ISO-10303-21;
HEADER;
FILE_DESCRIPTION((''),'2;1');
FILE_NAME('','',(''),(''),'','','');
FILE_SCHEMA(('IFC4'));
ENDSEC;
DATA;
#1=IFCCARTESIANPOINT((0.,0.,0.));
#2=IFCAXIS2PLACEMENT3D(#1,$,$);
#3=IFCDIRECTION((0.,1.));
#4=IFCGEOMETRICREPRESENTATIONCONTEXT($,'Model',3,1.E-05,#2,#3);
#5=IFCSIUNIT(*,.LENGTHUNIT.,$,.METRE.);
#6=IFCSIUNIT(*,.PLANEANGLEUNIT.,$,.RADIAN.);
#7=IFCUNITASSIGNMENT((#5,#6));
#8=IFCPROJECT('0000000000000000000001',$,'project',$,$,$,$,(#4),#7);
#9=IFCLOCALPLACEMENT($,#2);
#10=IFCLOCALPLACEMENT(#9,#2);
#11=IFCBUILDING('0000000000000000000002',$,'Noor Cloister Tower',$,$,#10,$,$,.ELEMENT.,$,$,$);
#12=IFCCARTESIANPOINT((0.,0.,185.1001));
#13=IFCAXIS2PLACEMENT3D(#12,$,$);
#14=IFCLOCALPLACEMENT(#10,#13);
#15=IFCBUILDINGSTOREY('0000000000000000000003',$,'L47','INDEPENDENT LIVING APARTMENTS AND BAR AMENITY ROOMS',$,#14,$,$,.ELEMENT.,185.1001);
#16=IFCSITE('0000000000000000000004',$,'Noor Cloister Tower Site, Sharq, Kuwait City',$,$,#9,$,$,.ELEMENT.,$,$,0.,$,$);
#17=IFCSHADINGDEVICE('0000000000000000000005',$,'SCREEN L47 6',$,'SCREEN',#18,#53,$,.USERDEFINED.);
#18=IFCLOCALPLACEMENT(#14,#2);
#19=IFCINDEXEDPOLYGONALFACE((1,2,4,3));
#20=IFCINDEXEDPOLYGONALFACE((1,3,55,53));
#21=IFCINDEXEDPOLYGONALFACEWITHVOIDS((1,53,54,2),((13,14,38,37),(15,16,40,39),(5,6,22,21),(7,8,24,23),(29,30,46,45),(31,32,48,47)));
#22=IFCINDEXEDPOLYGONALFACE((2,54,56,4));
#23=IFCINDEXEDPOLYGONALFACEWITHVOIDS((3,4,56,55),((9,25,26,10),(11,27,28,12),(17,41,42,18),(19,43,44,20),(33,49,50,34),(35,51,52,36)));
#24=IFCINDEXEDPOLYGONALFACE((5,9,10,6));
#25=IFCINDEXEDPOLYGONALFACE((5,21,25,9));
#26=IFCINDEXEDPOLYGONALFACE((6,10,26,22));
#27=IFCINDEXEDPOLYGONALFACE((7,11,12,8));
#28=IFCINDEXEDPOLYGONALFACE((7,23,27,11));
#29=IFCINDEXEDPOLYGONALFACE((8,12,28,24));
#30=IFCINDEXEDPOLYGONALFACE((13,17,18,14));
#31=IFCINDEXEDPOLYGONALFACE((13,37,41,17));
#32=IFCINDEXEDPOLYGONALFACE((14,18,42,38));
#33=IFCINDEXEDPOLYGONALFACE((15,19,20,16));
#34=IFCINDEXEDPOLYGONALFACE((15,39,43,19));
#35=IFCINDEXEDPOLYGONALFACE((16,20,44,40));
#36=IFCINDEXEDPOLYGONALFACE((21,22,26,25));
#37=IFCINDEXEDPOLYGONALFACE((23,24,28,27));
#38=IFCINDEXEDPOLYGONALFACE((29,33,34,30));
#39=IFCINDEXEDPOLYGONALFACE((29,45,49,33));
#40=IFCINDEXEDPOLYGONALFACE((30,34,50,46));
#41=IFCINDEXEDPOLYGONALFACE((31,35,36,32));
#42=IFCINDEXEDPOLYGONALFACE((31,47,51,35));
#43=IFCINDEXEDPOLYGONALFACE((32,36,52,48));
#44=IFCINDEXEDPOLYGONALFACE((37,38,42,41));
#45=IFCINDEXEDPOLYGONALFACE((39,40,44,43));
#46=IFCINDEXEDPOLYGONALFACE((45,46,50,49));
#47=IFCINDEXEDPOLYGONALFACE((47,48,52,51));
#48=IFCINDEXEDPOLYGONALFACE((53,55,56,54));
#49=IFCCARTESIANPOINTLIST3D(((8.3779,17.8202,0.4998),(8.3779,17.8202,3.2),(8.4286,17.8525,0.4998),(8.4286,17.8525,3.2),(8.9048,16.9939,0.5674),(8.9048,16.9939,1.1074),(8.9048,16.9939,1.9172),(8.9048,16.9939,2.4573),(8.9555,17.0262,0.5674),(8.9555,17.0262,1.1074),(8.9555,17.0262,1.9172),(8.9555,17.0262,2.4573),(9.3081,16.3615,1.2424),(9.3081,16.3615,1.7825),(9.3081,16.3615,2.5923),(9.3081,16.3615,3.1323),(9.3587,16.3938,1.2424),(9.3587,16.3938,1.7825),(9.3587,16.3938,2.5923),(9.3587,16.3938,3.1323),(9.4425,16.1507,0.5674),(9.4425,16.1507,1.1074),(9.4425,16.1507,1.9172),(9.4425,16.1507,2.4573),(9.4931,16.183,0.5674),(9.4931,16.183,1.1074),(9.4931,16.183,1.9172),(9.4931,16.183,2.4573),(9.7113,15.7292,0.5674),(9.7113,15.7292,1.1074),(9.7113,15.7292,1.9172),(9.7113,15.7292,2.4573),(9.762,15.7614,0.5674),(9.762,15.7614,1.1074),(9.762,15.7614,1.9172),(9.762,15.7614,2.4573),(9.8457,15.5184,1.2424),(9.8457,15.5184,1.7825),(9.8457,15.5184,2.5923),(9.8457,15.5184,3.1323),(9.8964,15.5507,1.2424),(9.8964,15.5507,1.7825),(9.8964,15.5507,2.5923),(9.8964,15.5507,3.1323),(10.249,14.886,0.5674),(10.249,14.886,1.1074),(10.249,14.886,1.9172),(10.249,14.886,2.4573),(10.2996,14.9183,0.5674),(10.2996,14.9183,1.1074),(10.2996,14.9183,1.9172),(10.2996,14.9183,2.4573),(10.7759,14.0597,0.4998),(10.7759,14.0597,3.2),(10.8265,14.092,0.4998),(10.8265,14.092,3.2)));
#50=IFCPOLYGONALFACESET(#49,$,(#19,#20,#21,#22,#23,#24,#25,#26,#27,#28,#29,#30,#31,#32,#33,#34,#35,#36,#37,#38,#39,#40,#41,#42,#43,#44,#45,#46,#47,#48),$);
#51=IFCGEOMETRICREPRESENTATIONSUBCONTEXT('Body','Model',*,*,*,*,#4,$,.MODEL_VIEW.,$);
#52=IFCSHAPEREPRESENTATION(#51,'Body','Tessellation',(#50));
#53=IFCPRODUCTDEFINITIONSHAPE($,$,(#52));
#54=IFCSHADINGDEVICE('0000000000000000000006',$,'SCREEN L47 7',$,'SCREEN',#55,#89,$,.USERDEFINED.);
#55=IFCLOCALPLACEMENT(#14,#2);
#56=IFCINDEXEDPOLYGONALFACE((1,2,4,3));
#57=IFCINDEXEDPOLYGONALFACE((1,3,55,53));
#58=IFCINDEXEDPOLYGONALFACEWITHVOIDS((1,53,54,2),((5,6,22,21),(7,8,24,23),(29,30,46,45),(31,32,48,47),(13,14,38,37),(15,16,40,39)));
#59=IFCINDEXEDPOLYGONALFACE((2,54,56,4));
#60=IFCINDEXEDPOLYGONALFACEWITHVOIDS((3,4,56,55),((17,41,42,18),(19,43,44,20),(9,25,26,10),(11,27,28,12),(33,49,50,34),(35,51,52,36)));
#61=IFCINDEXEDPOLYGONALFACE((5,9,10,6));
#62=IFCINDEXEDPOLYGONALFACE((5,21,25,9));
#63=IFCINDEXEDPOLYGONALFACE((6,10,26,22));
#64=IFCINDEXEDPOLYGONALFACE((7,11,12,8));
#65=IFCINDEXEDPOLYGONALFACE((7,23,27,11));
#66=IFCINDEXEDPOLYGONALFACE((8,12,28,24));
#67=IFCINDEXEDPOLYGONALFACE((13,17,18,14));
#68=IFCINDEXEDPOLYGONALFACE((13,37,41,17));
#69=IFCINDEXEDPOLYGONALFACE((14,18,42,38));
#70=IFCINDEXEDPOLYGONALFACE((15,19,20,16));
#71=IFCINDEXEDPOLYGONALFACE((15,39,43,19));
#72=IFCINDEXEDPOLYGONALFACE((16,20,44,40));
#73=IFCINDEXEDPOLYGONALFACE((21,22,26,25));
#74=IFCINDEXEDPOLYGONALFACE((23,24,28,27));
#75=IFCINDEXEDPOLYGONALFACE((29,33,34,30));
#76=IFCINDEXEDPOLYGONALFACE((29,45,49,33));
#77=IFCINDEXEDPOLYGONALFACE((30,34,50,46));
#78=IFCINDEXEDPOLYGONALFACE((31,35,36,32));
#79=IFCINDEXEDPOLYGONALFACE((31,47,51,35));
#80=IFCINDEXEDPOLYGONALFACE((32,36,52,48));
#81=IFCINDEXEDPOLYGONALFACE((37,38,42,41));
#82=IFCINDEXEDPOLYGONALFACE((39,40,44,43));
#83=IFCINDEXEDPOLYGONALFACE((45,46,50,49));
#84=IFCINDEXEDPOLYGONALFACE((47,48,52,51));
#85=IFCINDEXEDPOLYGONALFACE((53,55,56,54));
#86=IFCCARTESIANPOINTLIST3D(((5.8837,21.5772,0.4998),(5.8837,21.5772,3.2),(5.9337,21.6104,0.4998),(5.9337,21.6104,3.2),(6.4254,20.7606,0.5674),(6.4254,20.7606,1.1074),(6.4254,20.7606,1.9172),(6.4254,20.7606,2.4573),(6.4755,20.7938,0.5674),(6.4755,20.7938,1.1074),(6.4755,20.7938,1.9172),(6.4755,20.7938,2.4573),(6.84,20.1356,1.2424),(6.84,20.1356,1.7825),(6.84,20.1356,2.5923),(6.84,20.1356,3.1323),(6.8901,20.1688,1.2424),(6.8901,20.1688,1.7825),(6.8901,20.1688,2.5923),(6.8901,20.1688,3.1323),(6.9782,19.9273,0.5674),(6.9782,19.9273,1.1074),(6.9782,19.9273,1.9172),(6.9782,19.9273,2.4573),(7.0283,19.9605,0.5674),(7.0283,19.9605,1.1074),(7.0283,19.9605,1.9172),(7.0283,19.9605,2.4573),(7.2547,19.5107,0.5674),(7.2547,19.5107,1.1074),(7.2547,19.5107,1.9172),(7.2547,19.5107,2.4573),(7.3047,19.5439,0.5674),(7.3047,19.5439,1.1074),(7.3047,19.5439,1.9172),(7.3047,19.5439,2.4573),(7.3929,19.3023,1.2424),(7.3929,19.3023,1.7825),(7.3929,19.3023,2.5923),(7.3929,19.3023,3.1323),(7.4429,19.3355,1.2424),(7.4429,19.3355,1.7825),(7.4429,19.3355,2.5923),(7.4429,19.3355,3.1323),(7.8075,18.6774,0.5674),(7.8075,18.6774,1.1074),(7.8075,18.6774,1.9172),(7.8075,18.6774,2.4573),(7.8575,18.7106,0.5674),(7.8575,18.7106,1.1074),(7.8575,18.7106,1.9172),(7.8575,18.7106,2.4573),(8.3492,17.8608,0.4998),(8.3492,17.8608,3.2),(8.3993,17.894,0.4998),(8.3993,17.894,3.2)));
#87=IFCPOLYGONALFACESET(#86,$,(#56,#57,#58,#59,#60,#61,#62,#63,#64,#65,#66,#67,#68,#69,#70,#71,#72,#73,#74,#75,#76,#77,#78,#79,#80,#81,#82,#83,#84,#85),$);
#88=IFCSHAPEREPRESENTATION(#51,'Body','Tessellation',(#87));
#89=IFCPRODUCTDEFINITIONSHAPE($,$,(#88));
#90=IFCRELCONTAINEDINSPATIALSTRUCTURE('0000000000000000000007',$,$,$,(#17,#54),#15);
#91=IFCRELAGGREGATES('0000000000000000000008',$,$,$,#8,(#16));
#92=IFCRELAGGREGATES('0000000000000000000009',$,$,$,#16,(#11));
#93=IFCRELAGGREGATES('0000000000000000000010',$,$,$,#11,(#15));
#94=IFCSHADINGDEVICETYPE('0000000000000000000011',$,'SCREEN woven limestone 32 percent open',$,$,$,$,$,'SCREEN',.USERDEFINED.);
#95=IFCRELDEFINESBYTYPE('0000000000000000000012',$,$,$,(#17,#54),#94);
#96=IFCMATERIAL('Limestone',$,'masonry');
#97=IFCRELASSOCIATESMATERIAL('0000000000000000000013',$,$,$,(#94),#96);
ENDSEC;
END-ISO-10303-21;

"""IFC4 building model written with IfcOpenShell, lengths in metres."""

from ifc_helpers import new_model, si_unit, direction, frame, origin, place, context, subcontext, project, spatial, polyline, outline, extrude, material, material_profile, profile_set, type_object, element, save


model = new_model("IFC4")

# Units and contexts
model_context = context("Model", 3, precision=1e-05, world=origin(), true_north=direction((0.0, 1.0)))
body_context = subcontext(model_context, "Body", "Model", "MODEL_VIEW")
ifc_project = project(units=[si_unit("LENGTHUNIT", "METRE"), si_unit("PLANEANGLEUNIT", "RADIAN")], contexts=[model_context])

# Site, building, storey
site_placement = place(None, origin())
site = spatial("IfcSite", under=ifc_project, at=site_placement, Name="Noor Cloister Tower Site, Sharq, Kuwait City", CompositionType="ELEMENT", RefElevation=0.0)
building_placement = place(site_placement, origin())
building = spatial("IfcBuilding", under=site, at=building_placement, Name="Noor Cloister Tower", CompositionType="ELEMENT")
storey_placement = place(building_placement, frame((0.0, 0.0, 185.1001)))
storey = spatial("IfcBuildingStorey", under=building, at=storey_placement, Name="L47", Description="INDEPENDENT LIVING APARTMENTS AND BAR AMENITY ROOMS", CompositionType="ELEMENT", Elevation=185.1001)

# Shading devices
ifc_material_1 = material(Name="Limestone", Category="masonry")
ifc_material_profile_1 = material_profile(ifc_material_1, outline(polyline([(-2.23, -1.3501), (2.23, -1.3501), (2.23, 1.3501), (-2.23, 1.3501), (-2.23, -1.3501)]), holes=[polyline([(-1.25, -1.2825), (-0.25, -1.2825), (-0.25, -0.7424), (-1.25, -0.7424), (-1.25, -1.2825)]), polyline([(0.25, -1.2825), (1.25, -1.2825), (1.25, -0.7424), (0.25, -0.7424), (0.25, -1.2825)]), polyline([(-0.5, -0.6074), (0.5, -0.6074), (0.5, -0.0674), (-0.5, -0.0674), (-0.5, -0.6074)]), polyline([(-1.25, 0.0674), (-0.25, 0.0674), (-0.25, 0.6074), (-1.25, 0.6074), (-1.25, 0.0674)]), polyline([(0.25, 0.0674), (1.25, 0.0674), (1.25, 0.6074), (0.25, 0.6074), (0.25, 0.0674)]), polyline([(-0.5, 0.7424), (0.5, 0.7424), (0.5, 1.2825), (-0.5, 1.2825), (-0.5, 0.7424)])]), Name="Woven screen 32 percent open")
ifc_profile_set_1 = profile_set([ifc_material_profile_1], Name="Limestone")
shading_device_type = type_object("IfcShadingDeviceType", Name="SCREEN woven limestone 32 percent open", ElementType="SCREEN", PredefinedType="USERDEFINED", material=ifc_profile_set_1)
for number, where, z_axis, x_axis, name in (
    (1, (9.5769, 15.9399, 1.8499), (0.843158, 0.537666, 0.0), (-0.537666, 0.843158, 0.0), "SCREEN L47 6"),
    (2, (7.1165, 19.719, 1.8499), (0.833299, 0.552823, 0.0), (-0.552823, 0.833299, 0.0), "SCREEN L47 7"),
):
    element("IfcShadingDevice", number, at=place(storey_placement, frame(where, z_axis=z_axis, x_axis=x_axis)), inside=storey, type_object=shading_device_type, Name=name, ObjectType="SCREEN", PredefinedType="USERDEFINED", context=body_context, shape_type="SweptSolid", body=[
        extrude(outline(polyline([(-2.23, -1.3501), (2.23, -1.3501), (2.23, 1.3501), (-2.23, 1.3501), (-2.23, -1.3501)]), holes=[polyline([(-1.25, -1.2825), (-0.25, -1.2825), (-0.25, -0.7424), (-1.25, -0.7424), (-1.25, -1.2825)]), polyline([(0.25, -1.2825), (1.25, -1.2825), (1.25, -0.7424), (0.25, -0.7424), (0.25, -1.2825)]), polyline([(-0.5, -0.6074), (0.5, -0.6074), (0.5, -0.0674), (-0.5, -0.0674), (-0.5, -0.6074)]), polyline([(-1.25, 0.0674), (-0.25, 0.0674), (-0.25, 0.6074), (-1.25, 0.6074), (-1.25, 0.0674)]), polyline([(0.25, 0.0674), (1.25, 0.0674), (1.25, 0.6074), (0.25, 0.6074), (0.25, 0.0674)]), polyline([(-0.5, 0.7424), (0.5, 0.7424), (0.5, 1.2825), (-0.5, 1.2825), (-0.5, 0.7424)])]), origin(), (0.0, 0.0, 1.0), 0.0601),
    ])

save(model, "model.ifc")
